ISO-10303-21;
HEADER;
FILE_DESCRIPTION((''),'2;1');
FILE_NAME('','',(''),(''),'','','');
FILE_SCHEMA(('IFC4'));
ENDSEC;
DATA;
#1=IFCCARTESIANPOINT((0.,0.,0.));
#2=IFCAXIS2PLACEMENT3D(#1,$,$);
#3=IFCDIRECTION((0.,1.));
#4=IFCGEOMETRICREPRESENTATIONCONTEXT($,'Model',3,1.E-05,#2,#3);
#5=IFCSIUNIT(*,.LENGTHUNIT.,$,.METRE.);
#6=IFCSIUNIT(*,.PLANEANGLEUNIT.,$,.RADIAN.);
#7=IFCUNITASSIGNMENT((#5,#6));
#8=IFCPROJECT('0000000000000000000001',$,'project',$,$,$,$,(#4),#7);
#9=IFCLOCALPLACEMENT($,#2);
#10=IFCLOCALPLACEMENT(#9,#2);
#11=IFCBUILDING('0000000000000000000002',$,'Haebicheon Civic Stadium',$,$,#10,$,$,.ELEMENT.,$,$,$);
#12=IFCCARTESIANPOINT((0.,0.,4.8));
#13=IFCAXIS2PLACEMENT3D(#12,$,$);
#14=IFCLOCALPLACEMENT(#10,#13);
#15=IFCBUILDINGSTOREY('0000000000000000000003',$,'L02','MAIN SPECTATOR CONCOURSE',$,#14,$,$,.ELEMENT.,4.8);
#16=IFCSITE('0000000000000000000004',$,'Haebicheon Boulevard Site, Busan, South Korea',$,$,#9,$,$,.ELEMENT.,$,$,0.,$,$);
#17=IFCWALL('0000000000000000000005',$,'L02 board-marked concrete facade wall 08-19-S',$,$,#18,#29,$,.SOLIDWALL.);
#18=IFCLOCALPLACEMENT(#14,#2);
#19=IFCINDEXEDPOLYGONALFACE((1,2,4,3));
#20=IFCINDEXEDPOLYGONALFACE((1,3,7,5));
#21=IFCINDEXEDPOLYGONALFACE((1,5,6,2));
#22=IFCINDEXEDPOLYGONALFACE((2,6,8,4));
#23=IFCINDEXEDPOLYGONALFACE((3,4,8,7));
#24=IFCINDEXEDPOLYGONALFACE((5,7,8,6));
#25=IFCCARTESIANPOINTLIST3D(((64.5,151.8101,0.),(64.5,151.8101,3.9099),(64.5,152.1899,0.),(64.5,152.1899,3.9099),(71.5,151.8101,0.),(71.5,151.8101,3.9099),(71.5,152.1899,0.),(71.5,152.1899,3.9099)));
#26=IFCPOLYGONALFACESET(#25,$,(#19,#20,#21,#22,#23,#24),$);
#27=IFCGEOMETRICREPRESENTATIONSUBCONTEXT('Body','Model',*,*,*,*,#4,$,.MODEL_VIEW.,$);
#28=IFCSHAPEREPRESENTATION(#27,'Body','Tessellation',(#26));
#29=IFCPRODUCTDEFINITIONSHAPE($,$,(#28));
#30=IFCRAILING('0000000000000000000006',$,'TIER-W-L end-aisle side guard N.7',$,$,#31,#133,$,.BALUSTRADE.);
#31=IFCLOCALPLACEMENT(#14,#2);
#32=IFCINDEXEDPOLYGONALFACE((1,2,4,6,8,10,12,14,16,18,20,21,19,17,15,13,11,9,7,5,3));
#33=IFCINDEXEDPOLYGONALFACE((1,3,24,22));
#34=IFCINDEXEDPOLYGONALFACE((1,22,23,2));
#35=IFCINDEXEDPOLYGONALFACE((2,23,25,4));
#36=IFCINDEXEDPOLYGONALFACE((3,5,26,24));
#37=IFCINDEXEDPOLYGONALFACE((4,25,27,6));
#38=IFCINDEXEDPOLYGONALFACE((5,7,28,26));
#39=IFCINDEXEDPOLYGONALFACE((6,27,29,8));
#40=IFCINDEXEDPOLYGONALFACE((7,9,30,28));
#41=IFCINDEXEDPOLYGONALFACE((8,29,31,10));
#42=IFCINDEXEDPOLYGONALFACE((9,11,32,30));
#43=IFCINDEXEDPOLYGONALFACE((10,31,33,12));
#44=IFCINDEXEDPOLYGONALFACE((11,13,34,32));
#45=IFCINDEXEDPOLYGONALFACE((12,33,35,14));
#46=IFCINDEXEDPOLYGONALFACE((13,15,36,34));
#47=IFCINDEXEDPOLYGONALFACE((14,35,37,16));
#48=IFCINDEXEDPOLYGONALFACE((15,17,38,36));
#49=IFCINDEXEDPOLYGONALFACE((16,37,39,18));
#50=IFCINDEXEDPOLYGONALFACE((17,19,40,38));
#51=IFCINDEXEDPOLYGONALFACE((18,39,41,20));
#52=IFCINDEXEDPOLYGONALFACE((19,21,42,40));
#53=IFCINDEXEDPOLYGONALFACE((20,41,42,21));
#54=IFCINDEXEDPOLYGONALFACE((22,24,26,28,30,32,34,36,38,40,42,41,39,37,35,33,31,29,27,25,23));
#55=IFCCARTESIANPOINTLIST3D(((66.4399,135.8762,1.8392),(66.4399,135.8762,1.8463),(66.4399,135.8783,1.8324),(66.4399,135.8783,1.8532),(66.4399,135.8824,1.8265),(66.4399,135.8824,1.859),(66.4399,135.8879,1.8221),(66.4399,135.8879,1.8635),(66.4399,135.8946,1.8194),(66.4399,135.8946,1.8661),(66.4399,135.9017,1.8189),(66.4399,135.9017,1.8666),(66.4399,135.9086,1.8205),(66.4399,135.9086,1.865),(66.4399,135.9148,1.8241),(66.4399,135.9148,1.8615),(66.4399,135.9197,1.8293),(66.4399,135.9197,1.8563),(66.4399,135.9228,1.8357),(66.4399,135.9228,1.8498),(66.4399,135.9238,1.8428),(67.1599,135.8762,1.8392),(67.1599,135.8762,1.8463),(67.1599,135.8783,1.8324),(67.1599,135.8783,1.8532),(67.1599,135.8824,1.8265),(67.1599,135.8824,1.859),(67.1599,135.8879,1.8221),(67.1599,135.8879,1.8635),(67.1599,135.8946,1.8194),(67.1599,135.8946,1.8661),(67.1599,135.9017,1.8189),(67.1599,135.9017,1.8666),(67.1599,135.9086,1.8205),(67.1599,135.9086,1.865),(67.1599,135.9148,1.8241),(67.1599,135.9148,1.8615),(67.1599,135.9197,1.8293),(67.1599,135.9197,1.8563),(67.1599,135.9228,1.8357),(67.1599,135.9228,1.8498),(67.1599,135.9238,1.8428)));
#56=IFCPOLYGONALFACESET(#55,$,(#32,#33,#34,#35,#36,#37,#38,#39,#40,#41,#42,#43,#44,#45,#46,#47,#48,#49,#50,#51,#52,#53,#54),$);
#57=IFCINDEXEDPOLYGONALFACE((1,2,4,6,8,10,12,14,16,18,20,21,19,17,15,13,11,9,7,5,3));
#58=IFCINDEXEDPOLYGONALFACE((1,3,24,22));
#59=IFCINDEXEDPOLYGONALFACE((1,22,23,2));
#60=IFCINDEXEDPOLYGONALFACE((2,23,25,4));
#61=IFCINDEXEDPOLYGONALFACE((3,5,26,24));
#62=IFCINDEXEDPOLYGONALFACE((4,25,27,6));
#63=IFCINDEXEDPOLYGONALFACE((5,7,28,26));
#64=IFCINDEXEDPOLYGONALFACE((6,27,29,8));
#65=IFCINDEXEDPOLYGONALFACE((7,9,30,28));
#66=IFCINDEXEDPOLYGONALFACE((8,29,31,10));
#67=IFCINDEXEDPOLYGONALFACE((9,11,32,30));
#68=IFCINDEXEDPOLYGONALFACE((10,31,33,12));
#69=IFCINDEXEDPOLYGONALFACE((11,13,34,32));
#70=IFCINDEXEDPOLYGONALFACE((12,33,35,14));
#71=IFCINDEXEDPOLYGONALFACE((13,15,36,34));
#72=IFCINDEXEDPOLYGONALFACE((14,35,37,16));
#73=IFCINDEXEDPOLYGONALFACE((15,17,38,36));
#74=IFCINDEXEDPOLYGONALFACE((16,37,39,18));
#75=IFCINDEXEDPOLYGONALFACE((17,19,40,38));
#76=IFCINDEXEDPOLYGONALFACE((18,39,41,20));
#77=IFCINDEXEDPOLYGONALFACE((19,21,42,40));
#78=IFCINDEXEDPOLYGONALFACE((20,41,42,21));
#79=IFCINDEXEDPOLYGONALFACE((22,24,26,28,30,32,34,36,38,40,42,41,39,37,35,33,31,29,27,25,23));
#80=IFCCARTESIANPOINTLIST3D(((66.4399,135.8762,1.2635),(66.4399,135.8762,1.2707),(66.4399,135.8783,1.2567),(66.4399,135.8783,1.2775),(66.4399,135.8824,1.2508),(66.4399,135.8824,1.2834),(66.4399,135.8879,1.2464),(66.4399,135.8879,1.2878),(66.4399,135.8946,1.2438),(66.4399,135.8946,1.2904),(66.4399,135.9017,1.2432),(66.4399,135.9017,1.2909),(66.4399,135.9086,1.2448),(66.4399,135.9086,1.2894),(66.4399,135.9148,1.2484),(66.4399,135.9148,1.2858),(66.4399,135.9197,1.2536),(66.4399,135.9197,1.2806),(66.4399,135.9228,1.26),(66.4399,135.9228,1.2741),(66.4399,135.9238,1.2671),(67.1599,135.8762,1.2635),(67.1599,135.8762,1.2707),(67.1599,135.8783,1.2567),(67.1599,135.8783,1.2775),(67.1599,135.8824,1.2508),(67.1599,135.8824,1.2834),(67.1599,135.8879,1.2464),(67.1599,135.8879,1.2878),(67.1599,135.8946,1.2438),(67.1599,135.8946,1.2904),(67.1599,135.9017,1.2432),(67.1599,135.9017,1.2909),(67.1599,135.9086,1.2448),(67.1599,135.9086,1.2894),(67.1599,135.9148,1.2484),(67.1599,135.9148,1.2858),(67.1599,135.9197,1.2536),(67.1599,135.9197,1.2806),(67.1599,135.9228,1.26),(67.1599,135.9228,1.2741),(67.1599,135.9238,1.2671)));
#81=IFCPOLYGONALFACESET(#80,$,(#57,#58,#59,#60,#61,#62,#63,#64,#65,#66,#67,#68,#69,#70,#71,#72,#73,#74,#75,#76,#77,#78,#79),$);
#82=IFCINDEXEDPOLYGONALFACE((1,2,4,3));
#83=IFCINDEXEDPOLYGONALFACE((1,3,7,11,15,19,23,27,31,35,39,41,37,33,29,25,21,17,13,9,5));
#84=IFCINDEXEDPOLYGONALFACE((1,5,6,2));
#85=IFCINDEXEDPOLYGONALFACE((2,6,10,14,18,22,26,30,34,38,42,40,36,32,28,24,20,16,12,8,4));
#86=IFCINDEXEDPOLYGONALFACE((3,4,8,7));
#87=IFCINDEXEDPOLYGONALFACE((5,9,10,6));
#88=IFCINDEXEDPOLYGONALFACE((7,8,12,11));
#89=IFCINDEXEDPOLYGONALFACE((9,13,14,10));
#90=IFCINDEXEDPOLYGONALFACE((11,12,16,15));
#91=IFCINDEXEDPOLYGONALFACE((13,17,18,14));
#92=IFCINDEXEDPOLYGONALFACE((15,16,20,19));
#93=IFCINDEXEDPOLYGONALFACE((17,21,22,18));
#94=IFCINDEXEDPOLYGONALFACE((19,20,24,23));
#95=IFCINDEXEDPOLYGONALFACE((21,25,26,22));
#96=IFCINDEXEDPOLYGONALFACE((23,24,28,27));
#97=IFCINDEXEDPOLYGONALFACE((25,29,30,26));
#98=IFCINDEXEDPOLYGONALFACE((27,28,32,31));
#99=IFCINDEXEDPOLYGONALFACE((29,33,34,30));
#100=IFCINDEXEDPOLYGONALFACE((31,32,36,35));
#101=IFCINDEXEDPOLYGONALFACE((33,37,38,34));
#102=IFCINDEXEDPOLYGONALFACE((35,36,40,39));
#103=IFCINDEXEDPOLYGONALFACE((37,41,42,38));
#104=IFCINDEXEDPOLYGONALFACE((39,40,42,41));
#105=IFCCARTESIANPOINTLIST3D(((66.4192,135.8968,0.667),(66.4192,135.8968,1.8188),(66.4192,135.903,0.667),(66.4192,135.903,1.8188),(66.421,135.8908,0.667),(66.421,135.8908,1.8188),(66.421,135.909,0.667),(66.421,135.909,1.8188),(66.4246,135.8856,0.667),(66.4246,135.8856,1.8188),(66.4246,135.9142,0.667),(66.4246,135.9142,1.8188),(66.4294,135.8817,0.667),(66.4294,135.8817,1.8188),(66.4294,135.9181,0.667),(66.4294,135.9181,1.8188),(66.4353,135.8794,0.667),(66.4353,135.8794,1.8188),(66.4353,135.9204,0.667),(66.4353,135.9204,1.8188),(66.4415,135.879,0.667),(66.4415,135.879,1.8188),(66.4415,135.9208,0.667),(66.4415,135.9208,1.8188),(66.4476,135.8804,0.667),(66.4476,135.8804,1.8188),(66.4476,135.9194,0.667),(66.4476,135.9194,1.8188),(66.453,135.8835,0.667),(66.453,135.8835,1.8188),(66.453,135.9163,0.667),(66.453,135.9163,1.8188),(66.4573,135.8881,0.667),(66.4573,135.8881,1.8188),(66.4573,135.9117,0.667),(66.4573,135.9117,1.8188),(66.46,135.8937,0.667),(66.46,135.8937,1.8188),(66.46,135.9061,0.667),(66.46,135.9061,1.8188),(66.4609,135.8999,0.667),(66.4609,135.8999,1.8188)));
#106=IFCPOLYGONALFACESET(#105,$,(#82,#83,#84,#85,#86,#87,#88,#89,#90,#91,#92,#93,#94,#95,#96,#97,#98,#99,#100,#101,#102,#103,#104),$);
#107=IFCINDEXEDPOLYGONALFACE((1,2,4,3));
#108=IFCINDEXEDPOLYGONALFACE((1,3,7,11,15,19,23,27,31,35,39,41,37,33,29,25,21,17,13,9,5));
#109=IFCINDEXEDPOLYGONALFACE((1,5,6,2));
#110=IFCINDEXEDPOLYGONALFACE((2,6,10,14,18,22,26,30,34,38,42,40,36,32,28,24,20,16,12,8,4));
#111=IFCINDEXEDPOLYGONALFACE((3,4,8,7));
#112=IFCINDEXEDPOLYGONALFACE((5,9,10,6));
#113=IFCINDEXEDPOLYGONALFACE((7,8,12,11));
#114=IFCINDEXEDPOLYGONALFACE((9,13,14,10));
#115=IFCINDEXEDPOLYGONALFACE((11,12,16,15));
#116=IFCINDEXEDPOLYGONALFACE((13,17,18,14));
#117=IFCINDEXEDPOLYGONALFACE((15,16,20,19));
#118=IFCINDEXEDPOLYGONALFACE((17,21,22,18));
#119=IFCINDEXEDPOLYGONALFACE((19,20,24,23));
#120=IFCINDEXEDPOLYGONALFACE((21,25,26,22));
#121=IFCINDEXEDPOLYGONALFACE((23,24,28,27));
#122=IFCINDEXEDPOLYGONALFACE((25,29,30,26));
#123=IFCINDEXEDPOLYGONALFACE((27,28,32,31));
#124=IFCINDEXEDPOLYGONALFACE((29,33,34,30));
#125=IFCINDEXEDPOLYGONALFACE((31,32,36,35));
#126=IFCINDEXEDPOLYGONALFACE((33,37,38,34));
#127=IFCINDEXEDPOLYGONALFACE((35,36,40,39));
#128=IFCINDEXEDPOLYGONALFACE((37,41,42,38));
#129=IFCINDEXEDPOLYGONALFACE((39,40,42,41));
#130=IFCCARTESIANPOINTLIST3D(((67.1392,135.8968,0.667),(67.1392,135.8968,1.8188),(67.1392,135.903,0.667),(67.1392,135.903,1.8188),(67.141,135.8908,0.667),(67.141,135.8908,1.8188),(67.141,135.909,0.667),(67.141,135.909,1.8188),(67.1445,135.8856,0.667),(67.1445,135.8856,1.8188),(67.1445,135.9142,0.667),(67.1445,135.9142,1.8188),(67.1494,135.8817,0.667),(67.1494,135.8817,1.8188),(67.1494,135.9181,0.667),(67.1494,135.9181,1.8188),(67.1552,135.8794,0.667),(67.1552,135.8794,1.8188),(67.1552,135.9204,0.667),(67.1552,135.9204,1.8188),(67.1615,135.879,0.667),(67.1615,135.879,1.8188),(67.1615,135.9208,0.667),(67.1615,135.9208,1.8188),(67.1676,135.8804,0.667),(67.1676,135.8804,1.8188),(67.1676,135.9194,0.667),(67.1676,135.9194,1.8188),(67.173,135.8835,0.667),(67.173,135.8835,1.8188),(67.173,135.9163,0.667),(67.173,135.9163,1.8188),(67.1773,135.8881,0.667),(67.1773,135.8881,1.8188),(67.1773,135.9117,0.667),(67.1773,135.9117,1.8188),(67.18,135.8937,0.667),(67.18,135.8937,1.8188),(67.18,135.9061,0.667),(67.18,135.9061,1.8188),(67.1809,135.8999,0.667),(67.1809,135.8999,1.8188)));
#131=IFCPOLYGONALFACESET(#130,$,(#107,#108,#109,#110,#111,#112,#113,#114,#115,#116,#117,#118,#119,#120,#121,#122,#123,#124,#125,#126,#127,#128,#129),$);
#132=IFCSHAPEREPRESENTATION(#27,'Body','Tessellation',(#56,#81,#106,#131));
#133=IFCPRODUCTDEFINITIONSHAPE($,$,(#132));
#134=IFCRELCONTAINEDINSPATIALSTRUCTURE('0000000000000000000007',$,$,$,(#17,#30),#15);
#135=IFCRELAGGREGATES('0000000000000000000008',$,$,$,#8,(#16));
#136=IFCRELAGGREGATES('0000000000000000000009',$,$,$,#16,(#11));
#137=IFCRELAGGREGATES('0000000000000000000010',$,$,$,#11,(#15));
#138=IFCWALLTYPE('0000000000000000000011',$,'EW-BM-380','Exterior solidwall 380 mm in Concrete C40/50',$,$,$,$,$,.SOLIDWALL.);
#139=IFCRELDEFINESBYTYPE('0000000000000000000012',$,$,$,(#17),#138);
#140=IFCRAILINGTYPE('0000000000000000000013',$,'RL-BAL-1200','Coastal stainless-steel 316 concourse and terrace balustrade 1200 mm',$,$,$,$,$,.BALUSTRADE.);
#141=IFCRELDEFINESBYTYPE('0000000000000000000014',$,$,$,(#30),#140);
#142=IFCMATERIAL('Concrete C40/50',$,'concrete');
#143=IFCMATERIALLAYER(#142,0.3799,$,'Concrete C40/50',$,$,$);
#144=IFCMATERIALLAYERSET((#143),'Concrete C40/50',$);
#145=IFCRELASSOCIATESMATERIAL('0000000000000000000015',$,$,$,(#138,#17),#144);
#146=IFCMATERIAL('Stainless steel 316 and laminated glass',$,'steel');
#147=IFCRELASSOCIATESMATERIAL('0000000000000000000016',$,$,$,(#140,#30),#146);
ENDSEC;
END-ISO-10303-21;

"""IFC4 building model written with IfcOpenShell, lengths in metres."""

from ifc_helpers import new_model, si_unit, direction, frame, frame_2d, origin, origin_2d, place, context, subcontext, project, spatial, rectangle, circle, extrude, material, layer, layer_set, type_object, element, save


model = new_model("IFC4")

# Units and contexts
model_context = context("Model", 3, precision=1e-05, world=origin(), true_north=direction((0.0, 1.0)))
body_context = subcontext(model_context, "Body", "Model", "MODEL_VIEW")
ifc_project = project(units=[si_unit("LENGTHUNIT", "METRE"), si_unit("PLANEANGLEUNIT", "RADIAN")], contexts=[model_context])

# Site, building, storey
site_placement = place(None, origin())
site = spatial("IfcSite", under=ifc_project, at=site_placement, Name="Haebicheon Boulevard Site, Busan, South Korea", CompositionType="ELEMENT", RefElevation=0.0)
building_placement = place(site_placement, origin())
building = spatial("IfcBuilding", under=site, at=building_placement, Name="Haebicheon Civic Stadium", CompositionType="ELEMENT")
storey_placement = place(building_placement, frame((0.0, 0.0, 4.8)))
storey = spatial("IfcBuildingStorey", under=building, at=storey_placement, Name="L02", Description="MAIN SPECTATOR CONCOURSE", CompositionType="ELEMENT", Elevation=4.8)

# Shared definitions
ifc_material_1 = material(Name="Concrete C40/50", Category="concrete")
ifc_layer = layer(ifc_material_1, 0.3799, Name="Concrete C40/50")
ifc_layer_set = layer_set([ifc_layer], Name="Concrete C40/50")
wall_type = type_object("IfcWallType", Name="EW-BM-380", Description="Exterior solidwall 380 mm in Concrete C40/50", PredefinedType="SOLIDWALL", material=ifc_layer_set)

# Wall
wall_1_placement = place(storey_placement, frame((64.5, 152.0, 0.0), z_axis=(0.0, 0.0, 1.0), x_axis=(1.0, 0.0, 0.0)))
element("IfcWall", 1, at=wall_1_placement, inside=storey, type_object=wall_type, material=ifc_layer_set, Name="L02 board-marked concrete facade wall 08-19-S", PredefinedType="SOLIDWALL", context=body_context, shape_type="SweptSolid", body=[
    extrude(rectangle(XDim=7.0, YDim=0.3799, at=frame_2d((3.5, 0.0))), origin(), (0.0, 0.0, 1.0), 3.9099),
])

# Railing
ifc_material_2 = material(Name="Stainless steel 316 and laminated glass", Category="steel")
railing_type = type_object("IfcRailingType", Name="RL-BAL-1200", Description="Coastal stainless-steel 316 concourse and terrace balustrade 1200 mm", PredefinedType="BALUSTRADE", material=ifc_material_2)
railing_placement = place(storey_placement, frame((66.4399, 135.8999, 0.667)))
element("IfcRailing", 2, at=railing_placement, inside=storey, type_object=railing_type, material=ifc_material_2, Name="TIER-W-L end-aisle side guard N.7", PredefinedType="BALUSTRADE", context=body_context, shape_type="SweptSolid", body=[
    extrude(circle(Radius=0.0239, at=origin_2d()), frame((0.0, 0.0, 1.1758), z_axis=(1.0, 0.0, 0.0), x_axis=(0.0, 1.0, 0.0)), (0.0, 0.0, 1.0), 0.72),
    extrude(circle(Radius=0.0239, at=origin_2d()), frame((0.0, 0.0, 0.6001), z_axis=(1.0, 0.0, 0.0), x_axis=(0.0, 1.0, 0.0)), (0.0, 0.0, 1.0), 0.72),
    extrude(circle(Radius=0.021, at=origin_2d()), origin(), (0.0, 0.0, 1.0), 1.1519),
    extrude(circle(Radius=0.021, at=origin_2d()), frame((0.72, 0.0, 0.0)), (0.0, 0.0, 1.0), 1.1519),
])

save(model, "model.ifc")
